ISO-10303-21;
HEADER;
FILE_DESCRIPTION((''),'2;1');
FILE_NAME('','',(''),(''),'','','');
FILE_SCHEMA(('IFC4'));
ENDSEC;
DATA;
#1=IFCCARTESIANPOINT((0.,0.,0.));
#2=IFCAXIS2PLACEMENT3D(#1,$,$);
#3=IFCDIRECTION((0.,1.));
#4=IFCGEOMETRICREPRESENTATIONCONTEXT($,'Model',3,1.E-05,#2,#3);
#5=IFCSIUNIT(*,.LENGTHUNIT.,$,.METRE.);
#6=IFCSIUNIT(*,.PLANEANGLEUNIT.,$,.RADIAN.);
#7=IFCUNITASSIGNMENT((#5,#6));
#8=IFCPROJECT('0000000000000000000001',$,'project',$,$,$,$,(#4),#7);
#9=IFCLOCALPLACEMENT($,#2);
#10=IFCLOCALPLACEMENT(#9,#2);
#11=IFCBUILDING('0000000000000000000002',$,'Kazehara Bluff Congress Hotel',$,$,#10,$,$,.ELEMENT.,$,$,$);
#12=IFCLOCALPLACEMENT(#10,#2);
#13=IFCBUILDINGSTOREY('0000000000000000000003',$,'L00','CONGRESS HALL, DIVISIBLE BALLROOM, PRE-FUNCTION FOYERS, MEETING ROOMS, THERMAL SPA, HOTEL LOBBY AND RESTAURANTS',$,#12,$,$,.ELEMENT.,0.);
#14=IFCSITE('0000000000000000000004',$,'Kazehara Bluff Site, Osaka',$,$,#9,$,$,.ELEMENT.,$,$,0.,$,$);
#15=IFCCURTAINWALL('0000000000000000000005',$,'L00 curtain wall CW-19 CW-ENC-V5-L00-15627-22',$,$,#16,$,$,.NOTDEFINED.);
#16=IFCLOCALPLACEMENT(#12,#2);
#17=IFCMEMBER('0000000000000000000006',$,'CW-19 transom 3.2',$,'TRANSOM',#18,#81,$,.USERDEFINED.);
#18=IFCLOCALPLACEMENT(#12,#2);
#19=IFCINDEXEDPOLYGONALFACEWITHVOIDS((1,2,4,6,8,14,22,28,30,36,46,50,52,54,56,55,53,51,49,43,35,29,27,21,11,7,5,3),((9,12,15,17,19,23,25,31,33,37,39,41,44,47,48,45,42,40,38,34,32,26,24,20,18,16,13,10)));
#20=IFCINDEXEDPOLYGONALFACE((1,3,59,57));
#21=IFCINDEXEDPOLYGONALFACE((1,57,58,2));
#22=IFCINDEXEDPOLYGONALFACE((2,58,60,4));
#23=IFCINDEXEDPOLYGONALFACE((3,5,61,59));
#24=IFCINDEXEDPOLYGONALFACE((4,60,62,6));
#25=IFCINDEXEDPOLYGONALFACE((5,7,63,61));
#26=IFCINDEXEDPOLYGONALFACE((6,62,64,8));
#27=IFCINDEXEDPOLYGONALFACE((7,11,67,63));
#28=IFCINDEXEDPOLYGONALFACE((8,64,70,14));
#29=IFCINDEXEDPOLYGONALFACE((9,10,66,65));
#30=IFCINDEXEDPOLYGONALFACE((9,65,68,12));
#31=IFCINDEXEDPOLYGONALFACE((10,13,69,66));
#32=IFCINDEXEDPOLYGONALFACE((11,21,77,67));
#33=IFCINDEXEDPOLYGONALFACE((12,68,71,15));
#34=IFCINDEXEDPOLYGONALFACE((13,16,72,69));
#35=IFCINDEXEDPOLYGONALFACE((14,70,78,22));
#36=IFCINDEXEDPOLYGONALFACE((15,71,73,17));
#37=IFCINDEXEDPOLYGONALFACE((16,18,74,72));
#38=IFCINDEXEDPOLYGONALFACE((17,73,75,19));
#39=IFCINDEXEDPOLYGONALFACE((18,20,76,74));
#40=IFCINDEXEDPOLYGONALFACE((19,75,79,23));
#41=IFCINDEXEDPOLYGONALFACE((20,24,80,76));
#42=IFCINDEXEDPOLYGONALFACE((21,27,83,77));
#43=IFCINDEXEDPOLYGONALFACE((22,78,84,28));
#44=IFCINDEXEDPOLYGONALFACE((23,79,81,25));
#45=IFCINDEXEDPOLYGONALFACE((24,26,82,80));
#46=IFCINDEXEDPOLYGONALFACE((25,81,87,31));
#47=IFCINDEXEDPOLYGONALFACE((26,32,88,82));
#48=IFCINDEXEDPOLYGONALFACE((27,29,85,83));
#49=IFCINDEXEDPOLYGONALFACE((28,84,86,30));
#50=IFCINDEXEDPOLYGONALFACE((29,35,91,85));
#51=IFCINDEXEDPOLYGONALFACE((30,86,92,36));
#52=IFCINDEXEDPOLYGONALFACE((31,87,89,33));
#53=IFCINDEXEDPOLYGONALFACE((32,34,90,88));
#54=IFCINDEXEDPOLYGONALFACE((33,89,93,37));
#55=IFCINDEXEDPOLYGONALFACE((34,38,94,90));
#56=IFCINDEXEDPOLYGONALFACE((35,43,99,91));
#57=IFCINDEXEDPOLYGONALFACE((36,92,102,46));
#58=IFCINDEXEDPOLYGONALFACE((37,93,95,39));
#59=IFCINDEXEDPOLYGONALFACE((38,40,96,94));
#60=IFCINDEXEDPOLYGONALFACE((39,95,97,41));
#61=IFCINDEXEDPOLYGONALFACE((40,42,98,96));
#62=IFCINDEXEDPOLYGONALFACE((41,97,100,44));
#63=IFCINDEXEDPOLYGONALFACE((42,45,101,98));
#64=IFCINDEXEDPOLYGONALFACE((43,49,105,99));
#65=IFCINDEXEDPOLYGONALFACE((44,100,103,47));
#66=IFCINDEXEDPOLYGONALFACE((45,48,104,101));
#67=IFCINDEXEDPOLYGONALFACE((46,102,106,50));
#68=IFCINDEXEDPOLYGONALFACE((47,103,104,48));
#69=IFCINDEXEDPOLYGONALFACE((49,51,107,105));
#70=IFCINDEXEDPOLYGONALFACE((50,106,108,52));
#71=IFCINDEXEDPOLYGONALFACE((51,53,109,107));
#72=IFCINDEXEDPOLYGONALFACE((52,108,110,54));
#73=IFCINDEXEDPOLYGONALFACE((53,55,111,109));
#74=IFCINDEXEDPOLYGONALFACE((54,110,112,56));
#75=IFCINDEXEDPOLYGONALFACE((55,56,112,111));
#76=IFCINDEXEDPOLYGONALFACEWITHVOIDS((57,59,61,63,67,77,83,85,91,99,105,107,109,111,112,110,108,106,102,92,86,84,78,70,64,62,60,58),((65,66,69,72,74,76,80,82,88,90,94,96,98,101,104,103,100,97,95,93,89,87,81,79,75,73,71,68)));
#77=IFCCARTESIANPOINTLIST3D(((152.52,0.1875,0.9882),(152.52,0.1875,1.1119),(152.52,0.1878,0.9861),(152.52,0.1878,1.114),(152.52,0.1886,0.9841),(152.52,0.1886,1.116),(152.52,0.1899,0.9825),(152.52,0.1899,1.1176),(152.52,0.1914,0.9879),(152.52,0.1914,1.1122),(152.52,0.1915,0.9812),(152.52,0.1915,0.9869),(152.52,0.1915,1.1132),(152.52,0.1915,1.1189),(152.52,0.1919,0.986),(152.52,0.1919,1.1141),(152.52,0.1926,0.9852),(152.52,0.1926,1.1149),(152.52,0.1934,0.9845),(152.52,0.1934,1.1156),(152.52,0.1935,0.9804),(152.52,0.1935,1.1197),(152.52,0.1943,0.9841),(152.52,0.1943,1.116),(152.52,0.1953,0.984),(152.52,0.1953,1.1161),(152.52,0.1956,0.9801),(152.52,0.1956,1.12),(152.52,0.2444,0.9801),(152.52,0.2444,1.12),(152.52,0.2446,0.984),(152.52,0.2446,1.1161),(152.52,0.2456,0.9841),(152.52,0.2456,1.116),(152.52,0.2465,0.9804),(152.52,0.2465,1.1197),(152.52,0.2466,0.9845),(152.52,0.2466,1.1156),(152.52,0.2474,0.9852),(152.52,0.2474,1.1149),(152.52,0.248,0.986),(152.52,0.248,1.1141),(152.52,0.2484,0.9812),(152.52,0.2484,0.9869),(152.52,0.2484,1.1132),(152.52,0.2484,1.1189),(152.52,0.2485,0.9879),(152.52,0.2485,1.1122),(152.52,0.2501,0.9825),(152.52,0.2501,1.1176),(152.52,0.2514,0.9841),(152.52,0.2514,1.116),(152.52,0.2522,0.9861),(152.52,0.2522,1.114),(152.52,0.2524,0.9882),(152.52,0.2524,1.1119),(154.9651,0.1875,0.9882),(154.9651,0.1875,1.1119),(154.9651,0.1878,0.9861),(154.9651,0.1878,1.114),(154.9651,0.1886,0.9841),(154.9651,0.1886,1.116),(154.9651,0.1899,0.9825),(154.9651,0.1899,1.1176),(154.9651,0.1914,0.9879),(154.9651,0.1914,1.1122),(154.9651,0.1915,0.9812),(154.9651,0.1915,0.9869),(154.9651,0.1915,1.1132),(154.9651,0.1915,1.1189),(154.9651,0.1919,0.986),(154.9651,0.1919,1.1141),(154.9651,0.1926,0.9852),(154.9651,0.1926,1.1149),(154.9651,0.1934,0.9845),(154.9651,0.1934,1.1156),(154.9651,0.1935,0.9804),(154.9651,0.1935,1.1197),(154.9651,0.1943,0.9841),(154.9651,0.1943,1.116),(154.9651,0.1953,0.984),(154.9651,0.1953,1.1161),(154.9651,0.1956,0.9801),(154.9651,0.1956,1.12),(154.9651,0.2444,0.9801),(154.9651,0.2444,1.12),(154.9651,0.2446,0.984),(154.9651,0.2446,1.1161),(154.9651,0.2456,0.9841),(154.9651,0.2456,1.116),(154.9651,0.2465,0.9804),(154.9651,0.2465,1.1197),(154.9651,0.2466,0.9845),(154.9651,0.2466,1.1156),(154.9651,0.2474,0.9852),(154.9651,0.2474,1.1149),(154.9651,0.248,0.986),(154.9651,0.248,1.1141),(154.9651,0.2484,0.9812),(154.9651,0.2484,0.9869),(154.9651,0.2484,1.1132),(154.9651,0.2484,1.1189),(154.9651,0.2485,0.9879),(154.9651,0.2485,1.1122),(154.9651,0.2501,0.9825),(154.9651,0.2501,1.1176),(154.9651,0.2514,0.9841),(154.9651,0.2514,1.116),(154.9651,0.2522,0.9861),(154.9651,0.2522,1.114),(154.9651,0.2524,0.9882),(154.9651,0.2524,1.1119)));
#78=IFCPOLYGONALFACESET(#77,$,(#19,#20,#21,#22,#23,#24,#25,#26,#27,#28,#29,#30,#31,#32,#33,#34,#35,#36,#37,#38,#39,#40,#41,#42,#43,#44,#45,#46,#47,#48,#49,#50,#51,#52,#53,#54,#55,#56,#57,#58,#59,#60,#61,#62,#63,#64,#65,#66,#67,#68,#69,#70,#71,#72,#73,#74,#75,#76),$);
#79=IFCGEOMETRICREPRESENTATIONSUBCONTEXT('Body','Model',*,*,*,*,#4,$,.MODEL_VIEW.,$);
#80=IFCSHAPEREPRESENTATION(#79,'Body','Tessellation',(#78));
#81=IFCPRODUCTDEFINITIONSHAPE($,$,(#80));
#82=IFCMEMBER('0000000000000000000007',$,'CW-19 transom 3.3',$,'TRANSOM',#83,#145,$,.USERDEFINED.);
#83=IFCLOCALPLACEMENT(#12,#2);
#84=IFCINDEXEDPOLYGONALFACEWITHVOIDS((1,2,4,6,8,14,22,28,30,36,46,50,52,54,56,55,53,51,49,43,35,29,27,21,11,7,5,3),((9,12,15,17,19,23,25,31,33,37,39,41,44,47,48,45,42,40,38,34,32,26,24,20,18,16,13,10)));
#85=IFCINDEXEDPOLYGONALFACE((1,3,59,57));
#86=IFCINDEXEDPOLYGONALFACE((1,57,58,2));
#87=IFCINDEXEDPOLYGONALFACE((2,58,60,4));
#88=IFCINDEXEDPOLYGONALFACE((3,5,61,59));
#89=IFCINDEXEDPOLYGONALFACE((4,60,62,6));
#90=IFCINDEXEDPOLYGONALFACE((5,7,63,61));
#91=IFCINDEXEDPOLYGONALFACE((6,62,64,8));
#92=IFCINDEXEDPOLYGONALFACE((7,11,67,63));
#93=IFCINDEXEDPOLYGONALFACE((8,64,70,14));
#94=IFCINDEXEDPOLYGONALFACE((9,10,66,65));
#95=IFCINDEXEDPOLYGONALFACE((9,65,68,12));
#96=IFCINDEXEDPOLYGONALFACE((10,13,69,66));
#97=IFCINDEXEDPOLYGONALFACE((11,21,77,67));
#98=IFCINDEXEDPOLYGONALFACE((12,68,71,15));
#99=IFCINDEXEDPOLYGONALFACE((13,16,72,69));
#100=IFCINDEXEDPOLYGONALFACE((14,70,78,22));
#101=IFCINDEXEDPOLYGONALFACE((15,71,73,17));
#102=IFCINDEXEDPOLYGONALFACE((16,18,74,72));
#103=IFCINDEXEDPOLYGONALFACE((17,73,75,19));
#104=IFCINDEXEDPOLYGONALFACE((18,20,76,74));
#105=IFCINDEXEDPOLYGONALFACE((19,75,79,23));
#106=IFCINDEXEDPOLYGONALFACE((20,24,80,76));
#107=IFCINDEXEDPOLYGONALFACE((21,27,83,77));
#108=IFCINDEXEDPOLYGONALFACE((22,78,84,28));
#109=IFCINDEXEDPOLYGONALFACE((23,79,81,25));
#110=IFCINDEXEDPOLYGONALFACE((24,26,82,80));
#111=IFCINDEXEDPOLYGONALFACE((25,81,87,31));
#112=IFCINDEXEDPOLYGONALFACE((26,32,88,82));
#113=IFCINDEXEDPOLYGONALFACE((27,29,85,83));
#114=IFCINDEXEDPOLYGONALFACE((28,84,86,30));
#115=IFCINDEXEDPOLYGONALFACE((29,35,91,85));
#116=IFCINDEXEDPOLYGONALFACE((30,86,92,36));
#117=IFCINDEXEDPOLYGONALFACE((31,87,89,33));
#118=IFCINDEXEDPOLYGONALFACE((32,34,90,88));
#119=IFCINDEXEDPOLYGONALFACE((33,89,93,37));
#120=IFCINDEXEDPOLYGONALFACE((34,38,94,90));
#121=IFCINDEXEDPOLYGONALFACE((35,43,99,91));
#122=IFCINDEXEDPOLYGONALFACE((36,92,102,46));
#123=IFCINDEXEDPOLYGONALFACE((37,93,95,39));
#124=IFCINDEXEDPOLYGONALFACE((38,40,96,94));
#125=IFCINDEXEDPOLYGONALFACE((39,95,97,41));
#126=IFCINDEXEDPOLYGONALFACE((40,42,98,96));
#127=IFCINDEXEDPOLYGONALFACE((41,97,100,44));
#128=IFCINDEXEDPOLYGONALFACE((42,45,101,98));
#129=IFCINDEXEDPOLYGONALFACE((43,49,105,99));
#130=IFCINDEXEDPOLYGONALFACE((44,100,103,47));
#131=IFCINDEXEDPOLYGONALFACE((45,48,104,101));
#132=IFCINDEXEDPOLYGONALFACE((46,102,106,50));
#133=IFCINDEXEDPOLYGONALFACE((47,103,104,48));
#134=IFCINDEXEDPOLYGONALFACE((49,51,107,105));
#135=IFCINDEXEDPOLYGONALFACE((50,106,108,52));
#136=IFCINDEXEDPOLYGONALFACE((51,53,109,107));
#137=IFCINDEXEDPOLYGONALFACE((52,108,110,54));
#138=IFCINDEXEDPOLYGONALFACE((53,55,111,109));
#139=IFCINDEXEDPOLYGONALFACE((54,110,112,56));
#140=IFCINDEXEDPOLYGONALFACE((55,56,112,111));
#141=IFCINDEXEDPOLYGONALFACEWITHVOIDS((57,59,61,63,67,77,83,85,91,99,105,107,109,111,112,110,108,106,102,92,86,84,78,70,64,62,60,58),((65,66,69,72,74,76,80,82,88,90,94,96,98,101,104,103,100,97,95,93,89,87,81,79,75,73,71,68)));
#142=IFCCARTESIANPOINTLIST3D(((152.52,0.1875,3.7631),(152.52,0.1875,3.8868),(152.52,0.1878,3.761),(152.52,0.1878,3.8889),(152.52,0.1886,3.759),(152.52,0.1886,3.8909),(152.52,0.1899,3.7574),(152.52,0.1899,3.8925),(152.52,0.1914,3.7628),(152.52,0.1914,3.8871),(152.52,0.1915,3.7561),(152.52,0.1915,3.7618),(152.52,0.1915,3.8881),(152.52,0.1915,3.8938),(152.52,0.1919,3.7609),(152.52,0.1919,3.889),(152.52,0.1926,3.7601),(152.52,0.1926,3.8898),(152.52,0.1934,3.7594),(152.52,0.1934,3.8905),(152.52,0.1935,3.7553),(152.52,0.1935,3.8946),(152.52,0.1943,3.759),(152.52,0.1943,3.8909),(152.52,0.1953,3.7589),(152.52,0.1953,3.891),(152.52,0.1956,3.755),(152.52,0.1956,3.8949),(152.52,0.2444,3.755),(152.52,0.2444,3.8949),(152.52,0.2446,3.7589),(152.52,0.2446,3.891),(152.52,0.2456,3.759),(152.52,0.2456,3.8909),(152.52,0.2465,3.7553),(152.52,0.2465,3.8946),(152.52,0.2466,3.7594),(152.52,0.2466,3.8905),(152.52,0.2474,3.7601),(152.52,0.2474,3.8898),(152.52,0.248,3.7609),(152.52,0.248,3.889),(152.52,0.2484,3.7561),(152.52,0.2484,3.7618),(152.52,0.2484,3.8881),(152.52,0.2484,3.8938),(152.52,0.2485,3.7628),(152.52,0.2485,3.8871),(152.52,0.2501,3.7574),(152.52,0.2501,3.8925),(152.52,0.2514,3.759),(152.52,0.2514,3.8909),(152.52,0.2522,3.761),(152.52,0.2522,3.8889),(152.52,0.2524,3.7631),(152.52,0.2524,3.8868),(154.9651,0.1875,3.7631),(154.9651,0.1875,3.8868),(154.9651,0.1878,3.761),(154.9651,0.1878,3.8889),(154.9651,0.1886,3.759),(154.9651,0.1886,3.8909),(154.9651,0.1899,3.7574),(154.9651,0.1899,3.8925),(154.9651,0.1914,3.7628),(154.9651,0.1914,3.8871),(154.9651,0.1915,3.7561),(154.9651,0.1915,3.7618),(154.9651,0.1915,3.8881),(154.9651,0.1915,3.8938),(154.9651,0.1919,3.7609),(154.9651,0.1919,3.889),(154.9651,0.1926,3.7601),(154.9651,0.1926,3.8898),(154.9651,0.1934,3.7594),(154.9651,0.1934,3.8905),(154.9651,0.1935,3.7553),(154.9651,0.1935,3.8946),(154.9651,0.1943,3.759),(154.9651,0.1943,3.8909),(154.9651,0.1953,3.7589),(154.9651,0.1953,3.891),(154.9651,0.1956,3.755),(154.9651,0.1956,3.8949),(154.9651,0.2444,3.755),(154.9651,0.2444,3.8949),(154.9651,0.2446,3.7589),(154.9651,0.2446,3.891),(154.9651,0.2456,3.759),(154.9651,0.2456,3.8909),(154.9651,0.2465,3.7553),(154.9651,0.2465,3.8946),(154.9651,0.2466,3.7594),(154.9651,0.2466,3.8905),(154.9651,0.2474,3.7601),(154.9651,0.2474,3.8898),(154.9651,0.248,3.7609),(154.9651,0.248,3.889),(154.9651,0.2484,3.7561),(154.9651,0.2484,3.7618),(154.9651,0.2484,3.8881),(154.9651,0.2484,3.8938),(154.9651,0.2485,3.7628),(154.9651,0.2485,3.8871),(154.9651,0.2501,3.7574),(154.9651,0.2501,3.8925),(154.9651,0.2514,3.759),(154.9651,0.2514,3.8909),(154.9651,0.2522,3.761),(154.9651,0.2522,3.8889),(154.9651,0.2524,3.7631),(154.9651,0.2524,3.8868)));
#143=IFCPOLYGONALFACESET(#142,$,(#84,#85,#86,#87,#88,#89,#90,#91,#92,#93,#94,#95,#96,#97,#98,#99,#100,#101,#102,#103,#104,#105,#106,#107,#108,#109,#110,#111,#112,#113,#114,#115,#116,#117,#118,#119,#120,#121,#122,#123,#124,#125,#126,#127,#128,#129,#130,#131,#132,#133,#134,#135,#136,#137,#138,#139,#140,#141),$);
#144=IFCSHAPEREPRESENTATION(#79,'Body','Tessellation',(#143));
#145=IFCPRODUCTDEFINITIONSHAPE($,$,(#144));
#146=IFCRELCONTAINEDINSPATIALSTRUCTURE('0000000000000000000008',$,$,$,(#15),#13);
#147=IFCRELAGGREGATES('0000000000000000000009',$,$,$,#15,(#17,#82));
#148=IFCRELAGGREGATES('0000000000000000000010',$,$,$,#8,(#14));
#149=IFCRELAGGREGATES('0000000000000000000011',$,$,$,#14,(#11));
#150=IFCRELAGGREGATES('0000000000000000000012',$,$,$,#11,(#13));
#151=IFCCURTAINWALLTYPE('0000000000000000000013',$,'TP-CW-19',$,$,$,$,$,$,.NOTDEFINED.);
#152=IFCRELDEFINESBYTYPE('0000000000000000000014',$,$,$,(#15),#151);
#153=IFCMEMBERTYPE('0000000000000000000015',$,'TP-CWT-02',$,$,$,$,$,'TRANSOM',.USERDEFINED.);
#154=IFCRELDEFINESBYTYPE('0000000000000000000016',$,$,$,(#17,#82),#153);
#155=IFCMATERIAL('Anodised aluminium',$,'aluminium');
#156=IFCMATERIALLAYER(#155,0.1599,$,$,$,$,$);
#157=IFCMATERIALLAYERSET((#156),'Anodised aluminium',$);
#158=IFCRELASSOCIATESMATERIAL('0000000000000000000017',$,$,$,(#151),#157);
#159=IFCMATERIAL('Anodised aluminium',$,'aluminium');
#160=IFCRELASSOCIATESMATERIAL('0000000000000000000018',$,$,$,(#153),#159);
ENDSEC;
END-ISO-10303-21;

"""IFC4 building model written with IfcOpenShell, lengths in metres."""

from ifc_helpers import new_model, si_unit, direction, frame, origin, origin_2d, place, context, subcontext, project, spatial, hollow_rectangle, extrude, material, layer, layer_set, material_profile, profile_set, type_object, element, aggregate, save


model = new_model("IFC4")

# Units and contexts
model_context = context("Model", 3, precision=1e-05, world=origin(), true_north=direction((0.0, 1.0)))
body_context = subcontext(model_context, "Body", "Model", "MODEL_VIEW")
ifc_project = project(units=[si_unit("LENGTHUNIT", "METRE"), si_unit("PLANEANGLEUNIT", "RADIAN")], contexts=[model_context])

# Site, building, storey
site_placement = place(None, origin())
site = spatial("IfcSite", under=ifc_project, at=site_placement, Name="Kazehara Bluff Site, Osaka", CompositionType="ELEMENT", RefElevation=0.0)
building_placement = place(site_placement, origin())
building = spatial("IfcBuilding", under=site, at=building_placement, Name="Kazehara Bluff Congress Hotel", CompositionType="ELEMENT")
storey_placement = place(building_placement, origin())
storey = spatial("IfcBuildingStorey", under=building, at=storey_placement, Name="L00", Description="CONGRESS HALL, DIVISIBLE BALLROOM, PRE-FUNCTION FOYERS, MEETING ROOMS, THERMAL SPA, HOTEL LOBBY AND RESTAURANTS", CompositionType="ELEMENT", Elevation=0.0)

# Curtain wall, members
ifc_material_1 = material(Name="Anodised aluminium", Category="aluminium")
ifc_layer_1 = layer(ifc_material_1, 0.1599)
ifc_layer_set_1 = layer_set([ifc_layer_1], Name="Anodised aluminium")
curtain_wall_type = type_object("IfcCurtainWallType", Name="TP-CW-19", PredefinedType="NOTDEFINED", material=ifc_layer_set_1)
curtain_wall_placement = place(storey_placement, origin())
curtain_wall = element("IfcCurtainWall", 1, at=curtain_wall_placement, inside=storey, type_object=curtain_wall_type, Name="L00 curtain wall CW-19 CW-ENC-V5-L00-15627-22", PredefinedType="NOTDEFINED")
ifc_material_2 = material(Name="Anodised aluminium", Category="aluminium")
ifc_material_profile_1 = material_profile(ifc_material_2, hollow_rectangle(XDim=0.0649, YDim=0.1399, WallThickness=0.0039, InnerFilletRadius=0.0039, OuterFilletRadius=0.0081, at=origin_2d()))
ifc_profile_set_1 = profile_set([ifc_material_profile_1], Name="Anodised aluminium")
member_type_1 = type_object("IfcMemberType", Name="TP-CWT-02", ElementType="TRANSOM", PredefinedType="USERDEFINED", material=ifc_profile_set_1)
member_1_placement = place(storey_placement, frame((154.9651, 0.22, 1.05), z_axis=(-1.0, 0.0, 0.0), x_axis=(0.0, -1.0, 0.0)))
member_1 = element("IfcMember", 2, at=member_1_placement, type_object=member_type_1, Name="CW-19 transom 3.2", ObjectType="TRANSOM", PredefinedType="USERDEFINED", context=body_context, shape_type="SweptSolid", body=[
    extrude(hollow_rectangle(XDim=0.0649, YDim=0.1399, WallThickness=0.0039, InnerFilletRadius=0.0039, OuterFilletRadius=0.0081, at=origin_2d()), origin(), (0.0, 0.0, 1.0), 2.4451),
])
member_2_placement = place(storey_placement, frame((154.9651, 0.22, 3.825), z_axis=(-1.0, 0.0, 0.0), x_axis=(0.0, -1.0, 0.0)))
member_2 = element("IfcMember", 3, at=member_2_placement, type_object=member_type_1, Name="CW-19 transom 3.3", ObjectType="TRANSOM", PredefinedType="USERDEFINED", context=body_context, shape_type="SweptSolid", body=[
    extrude(hollow_rectangle(XDim=0.0649, YDim=0.1399, WallThickness=0.0039, InnerFilletRadius=0.0039, OuterFilletRadius=0.0081, at=origin_2d()), origin(), (0.0, 0.0, 1.0), 2.4451),
])

aggregate(curtain_wall, [member_1, member_2])

save(model, "model.ifc")
